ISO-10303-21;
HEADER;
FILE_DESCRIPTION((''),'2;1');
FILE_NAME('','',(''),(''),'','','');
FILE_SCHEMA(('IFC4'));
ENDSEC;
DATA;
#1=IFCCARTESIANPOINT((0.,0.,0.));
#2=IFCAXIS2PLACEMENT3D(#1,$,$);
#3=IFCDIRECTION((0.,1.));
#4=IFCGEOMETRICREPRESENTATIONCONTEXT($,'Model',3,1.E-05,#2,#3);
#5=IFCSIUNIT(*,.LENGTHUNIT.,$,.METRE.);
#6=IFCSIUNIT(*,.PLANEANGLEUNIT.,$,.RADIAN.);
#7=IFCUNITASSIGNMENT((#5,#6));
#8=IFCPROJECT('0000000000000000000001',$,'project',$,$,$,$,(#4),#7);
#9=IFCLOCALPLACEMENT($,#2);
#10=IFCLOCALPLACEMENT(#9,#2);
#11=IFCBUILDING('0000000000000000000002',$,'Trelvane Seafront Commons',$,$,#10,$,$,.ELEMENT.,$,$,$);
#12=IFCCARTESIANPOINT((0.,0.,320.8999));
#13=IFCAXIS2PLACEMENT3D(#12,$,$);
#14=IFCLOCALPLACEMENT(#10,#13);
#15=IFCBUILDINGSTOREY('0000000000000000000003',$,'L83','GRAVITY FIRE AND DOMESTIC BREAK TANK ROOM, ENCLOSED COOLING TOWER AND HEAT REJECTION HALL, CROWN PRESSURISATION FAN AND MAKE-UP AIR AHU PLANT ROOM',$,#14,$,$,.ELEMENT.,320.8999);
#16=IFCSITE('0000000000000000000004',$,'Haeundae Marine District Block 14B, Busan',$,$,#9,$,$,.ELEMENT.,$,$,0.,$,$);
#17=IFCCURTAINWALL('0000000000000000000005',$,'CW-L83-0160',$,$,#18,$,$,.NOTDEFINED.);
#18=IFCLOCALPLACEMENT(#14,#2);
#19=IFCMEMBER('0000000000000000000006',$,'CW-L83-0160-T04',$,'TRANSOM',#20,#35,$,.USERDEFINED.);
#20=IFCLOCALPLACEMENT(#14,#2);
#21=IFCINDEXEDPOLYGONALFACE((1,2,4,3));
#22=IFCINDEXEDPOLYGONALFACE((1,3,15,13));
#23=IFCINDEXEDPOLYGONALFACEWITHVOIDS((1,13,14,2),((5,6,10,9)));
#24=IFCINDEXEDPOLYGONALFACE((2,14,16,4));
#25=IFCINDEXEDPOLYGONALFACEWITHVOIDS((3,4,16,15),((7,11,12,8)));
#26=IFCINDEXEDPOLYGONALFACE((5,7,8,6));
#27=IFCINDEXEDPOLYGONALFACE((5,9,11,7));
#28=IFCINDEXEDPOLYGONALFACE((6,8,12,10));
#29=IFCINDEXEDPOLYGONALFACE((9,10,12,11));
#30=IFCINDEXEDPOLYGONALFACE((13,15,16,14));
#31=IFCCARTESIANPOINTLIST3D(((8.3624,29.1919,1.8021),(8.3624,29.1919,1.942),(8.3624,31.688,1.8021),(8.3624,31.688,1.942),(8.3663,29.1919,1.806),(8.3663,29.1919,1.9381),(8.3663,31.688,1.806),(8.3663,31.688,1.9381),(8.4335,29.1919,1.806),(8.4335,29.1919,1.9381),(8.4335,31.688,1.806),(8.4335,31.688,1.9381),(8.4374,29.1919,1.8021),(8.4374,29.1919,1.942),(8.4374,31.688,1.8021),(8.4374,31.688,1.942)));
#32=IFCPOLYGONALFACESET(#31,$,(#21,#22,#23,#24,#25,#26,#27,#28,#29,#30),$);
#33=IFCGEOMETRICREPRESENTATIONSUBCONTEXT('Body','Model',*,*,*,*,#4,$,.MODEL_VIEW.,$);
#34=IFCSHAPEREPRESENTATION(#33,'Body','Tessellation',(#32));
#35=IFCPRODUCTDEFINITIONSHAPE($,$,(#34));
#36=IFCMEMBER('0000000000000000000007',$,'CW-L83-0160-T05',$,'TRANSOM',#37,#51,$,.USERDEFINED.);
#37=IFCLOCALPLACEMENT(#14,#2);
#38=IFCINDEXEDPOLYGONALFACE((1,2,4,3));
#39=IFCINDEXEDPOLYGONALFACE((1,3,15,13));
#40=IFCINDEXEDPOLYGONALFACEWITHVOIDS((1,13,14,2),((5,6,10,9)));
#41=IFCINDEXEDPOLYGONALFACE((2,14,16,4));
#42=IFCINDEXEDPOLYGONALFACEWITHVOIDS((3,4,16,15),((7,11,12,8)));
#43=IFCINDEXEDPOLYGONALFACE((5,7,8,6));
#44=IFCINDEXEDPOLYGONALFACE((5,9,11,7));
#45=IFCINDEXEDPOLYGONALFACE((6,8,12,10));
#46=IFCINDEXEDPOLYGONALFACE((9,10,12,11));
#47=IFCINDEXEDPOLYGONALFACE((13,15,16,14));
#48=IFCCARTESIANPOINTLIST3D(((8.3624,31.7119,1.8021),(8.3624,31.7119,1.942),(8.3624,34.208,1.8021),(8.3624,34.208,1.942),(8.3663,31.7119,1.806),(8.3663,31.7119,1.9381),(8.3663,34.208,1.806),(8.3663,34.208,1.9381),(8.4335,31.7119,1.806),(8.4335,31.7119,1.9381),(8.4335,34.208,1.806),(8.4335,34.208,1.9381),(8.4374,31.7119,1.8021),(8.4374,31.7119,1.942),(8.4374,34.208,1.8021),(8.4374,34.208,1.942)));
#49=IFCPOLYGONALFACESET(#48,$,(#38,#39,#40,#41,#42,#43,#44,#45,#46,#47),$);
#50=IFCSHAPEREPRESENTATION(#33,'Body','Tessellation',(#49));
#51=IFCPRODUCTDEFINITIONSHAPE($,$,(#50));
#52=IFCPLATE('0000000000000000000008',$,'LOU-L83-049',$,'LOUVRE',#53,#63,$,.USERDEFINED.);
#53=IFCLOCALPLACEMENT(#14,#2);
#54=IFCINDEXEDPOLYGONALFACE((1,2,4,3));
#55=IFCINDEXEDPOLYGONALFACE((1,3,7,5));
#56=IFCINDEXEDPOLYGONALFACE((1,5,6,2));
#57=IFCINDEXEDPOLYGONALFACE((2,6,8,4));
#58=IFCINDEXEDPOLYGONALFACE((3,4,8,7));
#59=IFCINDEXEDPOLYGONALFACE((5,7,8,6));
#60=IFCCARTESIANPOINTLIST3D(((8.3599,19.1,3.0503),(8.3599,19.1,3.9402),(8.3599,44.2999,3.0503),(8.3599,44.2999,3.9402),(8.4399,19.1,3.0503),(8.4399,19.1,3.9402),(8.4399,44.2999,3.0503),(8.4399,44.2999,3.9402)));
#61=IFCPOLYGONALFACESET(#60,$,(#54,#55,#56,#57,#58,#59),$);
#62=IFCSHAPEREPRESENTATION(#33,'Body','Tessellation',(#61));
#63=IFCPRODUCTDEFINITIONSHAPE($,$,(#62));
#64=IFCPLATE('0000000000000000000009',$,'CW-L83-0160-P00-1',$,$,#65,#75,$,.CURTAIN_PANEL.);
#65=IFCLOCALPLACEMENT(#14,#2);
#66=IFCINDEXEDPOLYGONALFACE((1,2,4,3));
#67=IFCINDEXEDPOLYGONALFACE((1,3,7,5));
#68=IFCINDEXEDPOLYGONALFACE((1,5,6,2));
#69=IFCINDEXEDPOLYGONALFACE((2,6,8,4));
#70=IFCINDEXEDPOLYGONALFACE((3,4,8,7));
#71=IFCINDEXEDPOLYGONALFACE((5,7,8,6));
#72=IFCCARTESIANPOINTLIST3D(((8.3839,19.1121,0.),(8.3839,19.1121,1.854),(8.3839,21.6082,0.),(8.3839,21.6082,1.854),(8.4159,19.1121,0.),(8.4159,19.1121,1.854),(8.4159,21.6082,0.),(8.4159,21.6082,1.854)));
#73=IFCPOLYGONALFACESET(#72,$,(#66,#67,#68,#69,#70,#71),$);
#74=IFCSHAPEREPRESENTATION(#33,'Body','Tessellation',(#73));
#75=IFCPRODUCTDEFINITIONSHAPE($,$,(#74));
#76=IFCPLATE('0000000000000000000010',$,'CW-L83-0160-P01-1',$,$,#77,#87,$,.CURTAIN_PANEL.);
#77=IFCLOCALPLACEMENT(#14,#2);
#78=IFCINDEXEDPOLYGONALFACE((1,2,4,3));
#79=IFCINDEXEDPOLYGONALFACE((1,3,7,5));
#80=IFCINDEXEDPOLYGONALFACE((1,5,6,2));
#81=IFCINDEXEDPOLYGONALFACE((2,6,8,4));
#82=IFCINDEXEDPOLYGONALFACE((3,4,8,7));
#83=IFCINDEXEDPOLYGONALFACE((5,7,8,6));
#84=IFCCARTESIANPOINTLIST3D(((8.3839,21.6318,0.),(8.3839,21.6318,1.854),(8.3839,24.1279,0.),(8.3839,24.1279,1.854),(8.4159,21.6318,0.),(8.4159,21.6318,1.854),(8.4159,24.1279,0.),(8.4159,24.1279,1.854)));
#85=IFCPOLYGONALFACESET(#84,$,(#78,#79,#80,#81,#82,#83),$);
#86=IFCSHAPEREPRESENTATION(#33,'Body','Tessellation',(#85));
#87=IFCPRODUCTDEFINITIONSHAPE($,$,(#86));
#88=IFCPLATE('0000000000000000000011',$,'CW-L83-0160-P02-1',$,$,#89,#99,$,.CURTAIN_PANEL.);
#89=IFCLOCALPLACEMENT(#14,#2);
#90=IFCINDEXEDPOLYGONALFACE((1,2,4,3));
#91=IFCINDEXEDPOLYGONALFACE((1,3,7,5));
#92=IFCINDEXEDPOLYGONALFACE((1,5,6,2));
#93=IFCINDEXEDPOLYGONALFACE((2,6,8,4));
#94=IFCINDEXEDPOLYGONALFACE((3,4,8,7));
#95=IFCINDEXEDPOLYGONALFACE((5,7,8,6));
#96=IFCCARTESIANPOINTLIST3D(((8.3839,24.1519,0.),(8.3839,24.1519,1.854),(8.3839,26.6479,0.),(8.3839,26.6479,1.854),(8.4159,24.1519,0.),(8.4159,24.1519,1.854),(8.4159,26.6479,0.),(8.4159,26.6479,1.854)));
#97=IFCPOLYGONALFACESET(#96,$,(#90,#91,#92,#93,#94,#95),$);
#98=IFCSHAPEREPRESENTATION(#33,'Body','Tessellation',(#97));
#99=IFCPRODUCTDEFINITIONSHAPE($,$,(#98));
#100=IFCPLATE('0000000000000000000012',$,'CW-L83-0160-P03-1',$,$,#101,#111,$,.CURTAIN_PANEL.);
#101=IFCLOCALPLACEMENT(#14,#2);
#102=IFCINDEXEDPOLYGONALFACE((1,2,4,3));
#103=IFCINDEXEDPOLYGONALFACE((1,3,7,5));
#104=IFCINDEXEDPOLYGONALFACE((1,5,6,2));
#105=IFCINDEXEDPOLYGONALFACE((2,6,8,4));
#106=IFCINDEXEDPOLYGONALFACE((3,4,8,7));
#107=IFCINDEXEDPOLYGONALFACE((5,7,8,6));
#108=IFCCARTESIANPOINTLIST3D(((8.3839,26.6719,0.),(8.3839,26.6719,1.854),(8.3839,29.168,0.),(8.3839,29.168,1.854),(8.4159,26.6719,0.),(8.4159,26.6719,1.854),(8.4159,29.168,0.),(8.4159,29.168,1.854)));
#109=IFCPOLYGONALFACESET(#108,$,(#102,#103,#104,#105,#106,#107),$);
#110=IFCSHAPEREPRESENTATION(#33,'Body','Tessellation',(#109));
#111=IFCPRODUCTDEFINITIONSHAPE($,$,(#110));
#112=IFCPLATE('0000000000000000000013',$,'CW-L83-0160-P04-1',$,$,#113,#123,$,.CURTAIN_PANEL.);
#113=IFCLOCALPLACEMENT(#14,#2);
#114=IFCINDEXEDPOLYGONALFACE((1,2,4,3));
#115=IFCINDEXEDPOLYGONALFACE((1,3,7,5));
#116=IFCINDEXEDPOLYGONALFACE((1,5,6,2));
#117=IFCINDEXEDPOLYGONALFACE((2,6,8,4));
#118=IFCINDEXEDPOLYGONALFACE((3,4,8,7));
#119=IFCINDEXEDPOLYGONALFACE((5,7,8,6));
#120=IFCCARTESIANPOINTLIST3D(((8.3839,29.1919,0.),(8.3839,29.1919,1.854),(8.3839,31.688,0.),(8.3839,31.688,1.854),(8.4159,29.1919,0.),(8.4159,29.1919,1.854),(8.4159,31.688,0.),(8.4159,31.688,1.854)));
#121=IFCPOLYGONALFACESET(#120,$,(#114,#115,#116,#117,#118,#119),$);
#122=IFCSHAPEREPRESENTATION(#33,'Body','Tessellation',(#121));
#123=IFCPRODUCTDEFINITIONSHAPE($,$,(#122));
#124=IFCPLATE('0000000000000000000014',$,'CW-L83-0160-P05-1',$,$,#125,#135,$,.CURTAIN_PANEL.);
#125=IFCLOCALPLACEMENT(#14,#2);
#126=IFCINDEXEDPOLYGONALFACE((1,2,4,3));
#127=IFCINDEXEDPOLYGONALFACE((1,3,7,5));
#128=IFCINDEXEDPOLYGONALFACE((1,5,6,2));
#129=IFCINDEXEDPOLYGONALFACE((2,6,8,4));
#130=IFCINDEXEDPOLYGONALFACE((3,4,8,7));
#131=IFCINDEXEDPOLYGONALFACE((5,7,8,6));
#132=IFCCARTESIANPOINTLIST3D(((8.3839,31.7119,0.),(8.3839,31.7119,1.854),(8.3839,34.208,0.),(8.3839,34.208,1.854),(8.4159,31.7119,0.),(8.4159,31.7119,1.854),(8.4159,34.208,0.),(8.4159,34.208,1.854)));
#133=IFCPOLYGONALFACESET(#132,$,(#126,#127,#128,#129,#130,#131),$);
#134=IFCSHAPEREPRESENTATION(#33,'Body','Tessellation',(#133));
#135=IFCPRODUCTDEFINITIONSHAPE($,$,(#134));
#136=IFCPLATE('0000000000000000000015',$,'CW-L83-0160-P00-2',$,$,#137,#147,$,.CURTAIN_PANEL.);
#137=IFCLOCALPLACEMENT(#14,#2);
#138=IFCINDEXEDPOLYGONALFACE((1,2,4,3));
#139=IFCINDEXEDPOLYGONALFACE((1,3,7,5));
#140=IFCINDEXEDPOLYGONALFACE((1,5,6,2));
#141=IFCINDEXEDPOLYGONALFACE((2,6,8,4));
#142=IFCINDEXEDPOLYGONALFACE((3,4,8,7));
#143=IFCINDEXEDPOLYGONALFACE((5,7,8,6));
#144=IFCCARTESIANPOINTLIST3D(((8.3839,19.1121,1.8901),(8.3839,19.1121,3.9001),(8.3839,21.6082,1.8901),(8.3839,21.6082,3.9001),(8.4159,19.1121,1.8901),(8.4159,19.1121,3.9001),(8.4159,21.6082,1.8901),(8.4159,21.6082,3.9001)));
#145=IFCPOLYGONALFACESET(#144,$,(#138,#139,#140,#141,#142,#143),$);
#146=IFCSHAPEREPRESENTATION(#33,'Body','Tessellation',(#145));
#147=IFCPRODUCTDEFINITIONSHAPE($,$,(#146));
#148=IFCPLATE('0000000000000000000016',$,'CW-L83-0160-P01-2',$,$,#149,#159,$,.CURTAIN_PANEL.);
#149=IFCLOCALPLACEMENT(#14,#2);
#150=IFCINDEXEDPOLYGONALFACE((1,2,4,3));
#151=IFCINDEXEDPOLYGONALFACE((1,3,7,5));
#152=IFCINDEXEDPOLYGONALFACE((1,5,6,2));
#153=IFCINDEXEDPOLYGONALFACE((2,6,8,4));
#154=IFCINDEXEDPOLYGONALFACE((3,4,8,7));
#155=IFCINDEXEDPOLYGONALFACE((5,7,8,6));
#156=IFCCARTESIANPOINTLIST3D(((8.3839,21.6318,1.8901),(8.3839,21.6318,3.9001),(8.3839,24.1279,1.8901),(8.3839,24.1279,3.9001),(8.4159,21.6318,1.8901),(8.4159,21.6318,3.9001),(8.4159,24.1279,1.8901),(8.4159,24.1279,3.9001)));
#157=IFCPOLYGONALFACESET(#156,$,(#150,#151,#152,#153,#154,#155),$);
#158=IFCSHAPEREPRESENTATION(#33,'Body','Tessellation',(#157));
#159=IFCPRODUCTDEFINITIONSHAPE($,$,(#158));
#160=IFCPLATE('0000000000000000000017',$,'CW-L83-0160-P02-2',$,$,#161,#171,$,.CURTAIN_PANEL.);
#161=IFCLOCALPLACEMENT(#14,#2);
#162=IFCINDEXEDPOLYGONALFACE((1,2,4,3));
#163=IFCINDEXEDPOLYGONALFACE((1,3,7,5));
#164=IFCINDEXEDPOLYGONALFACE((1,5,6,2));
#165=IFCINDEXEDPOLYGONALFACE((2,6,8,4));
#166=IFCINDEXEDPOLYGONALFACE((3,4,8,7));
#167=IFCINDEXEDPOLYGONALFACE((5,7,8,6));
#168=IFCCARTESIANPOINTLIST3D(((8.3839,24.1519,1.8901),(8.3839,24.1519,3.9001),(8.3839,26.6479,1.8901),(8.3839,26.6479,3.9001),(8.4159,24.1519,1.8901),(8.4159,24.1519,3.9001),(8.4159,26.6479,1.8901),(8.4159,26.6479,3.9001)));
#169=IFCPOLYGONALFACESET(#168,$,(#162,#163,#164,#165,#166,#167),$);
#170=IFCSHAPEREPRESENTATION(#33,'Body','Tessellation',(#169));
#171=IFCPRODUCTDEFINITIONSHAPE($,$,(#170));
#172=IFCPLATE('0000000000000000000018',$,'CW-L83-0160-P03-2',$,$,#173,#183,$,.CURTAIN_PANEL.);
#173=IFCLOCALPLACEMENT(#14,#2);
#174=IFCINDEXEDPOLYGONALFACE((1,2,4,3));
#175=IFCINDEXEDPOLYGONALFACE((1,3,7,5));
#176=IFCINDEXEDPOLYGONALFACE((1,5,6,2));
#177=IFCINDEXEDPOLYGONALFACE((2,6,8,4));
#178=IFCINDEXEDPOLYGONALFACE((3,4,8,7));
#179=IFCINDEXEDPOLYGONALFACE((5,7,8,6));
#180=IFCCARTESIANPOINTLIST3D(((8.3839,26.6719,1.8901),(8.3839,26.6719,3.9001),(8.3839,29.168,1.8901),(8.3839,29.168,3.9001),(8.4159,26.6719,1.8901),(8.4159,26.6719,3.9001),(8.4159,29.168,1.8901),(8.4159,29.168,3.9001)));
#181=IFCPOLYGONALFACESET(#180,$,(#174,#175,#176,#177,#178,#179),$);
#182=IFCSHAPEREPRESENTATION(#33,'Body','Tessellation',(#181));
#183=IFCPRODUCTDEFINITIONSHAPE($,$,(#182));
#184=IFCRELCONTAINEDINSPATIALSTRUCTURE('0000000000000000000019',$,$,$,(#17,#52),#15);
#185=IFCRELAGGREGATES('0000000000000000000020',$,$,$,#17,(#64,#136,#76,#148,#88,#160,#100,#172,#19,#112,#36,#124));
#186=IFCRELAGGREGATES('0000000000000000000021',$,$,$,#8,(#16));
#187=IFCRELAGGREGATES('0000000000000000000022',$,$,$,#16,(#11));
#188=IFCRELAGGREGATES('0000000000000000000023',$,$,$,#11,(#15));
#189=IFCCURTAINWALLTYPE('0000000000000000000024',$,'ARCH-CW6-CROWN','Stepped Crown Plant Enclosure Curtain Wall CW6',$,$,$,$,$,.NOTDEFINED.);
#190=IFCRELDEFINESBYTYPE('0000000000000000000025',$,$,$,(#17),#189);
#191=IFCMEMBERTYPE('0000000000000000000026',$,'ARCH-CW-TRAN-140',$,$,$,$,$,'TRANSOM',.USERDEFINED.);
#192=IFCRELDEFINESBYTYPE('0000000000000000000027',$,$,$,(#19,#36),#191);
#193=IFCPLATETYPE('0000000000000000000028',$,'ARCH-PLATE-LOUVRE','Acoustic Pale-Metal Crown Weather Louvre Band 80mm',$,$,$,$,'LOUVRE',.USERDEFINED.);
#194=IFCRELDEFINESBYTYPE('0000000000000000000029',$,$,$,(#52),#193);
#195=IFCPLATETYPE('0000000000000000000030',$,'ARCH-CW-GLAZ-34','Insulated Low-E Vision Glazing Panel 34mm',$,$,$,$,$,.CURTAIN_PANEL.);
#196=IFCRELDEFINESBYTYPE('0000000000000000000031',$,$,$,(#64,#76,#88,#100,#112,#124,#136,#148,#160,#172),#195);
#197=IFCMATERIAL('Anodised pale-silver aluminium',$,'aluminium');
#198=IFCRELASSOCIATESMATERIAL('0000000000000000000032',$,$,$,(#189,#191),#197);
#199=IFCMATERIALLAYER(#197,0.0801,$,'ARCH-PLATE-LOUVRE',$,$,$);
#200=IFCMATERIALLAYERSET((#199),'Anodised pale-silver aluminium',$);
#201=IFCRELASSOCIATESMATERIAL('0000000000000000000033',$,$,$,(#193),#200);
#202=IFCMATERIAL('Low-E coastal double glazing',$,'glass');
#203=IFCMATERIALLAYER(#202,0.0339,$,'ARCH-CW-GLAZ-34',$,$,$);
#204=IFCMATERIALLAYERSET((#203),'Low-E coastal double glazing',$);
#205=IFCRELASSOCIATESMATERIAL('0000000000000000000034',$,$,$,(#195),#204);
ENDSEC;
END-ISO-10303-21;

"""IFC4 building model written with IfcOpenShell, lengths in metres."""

from ifc_helpers import new_model, si_unit, direction, frame, origin, origin_2d, place, context, subcontext, project, spatial, rectangle, hollow_rectangle, extrude, source, transform, mapped, material, layer, layer_set, material_profile, profile_set, type_object, element, aggregate, save


model = new_model("IFC4")

# Units and contexts
model_context = context("Model", 3, precision=1e-05, world=origin(), true_north=direction((0.0, 1.0)))
body_context = subcontext(model_context, "Body", "Model", "MODEL_VIEW")
ifc_project = project(units=[si_unit("LENGTHUNIT", "METRE"), si_unit("PLANEANGLEUNIT", "RADIAN")], contexts=[model_context])

# Site, building, storey
site_placement = place(None, origin())
site = spatial("IfcSite", under=ifc_project, at=site_placement, Name="Haeundae Marine District Block 14B, Busan", CompositionType="ELEMENT", RefElevation=0.0)
building_placement = place(site_placement, origin())
building = spatial("IfcBuilding", under=site, at=building_placement, Name="Trelvane Seafront Commons", CompositionType="ELEMENT")
storey_placement = place(building_placement, frame((0.0, 0.0, 320.8999)))
storey = spatial("IfcBuildingStorey", under=building, at=storey_placement, Name="L83", Description="GRAVITY FIRE AND DOMESTIC BREAK TANK ROOM, ENCLOSED COOLING TOWER AND HEAT REJECTION HALL, CROWN PRESSURISATION FAN AND MAKE-UP AIR AHU PLANT ROOM", CompositionType="ELEMENT", Elevation=320.8999)

# Curtain wall, members
ifc_material_1 = material(Name="Anodised pale-silver aluminium", Category="aluminium")
curtain_wall_type = type_object("IfcCurtainWallType", Name="ARCH-CW6-CROWN", Description="Stepped Crown Plant Enclosure Curtain Wall CW6", PredefinedType="NOTDEFINED", material=ifc_material_1)
curtain_wall_placement = place(storey_placement, origin())
curtain_wall = element("IfcCurtainWall", 1, at=curtain_wall_placement, inside=storey, type_object=curtain_wall_type, Name="CW-L83-0160", PredefinedType="NOTDEFINED")
ifc_material_profile_1 = material_profile(ifc_material_1, hollow_rectangle(XDim=0.075, YDim=0.1399, WallThickness=0.0039, at=origin_2d()), Name="TRAN-75x140x4")
ifc_profile_set_1 = profile_set([ifc_material_profile_1], Name="Anodised pale-silver aluminium")
member_type_1 = type_object("IfcMemberType", Name="ARCH-CW-TRAN-140", ElementType="TRANSOM", PredefinedType="USERDEFINED", material=ifc_profile_set_1)
shared_shape_1 = source(origin(), body_context, "Body", "SweptSolid", [
    extrude(hollow_rectangle(XDim=0.075, YDim=0.1399, WallThickness=0.0039, at=origin_2d()), origin(), (0.0, 0.0, 1.0), 2.4961),
])
member_1_placement = place(storey_placement, frame((8.3999, 29.1919, 1.8721), z_axis=(0.0, 1.0, 0.0), x_axis=(-1.0, 0.0, 0.0)))
member_1 = element("IfcMember", 2, at=member_1_placement, type_object=member_type_1, Name="CW-L83-0160-T04", ObjectType="TRANSOM", PredefinedType="USERDEFINED", context=body_context, shape_type="MappedRepresentation", body=[
    mapped(shared_shape_1, transform((0.0, 0.0, 0.0), x_axis=(1.0, 0.0, 0.0), y_axis=(0.0, 1.0, 0.0), z_axis=(0.0, 0.0, 1.0), scale=1.0)),
])
member_2_placement = place(storey_placement, frame((8.3999, 31.7119, 1.8721), z_axis=(0.0, 1.0, 0.0), x_axis=(-1.0, 0.0, 0.0)))
member_2 = element("IfcMember", 3, at=member_2_placement, type_object=member_type_1, Name="CW-L83-0160-T05", ObjectType="TRANSOM", PredefinedType="USERDEFINED", context=body_context, shape_type="MappedRepresentation", body=[
    mapped(shared_shape_1, transform((0.0, 0.0, 0.0), x_axis=(1.0, 0.0, 0.0), y_axis=(0.0, 1.0, 0.0), z_axis=(0.0, 0.0, 1.0), scale=1.0)),
])

# Plates
ifc_layer_1 = layer(ifc_material_1, 0.0801, Name="ARCH-PLATE-LOUVRE")
ifc_layer_set_1 = layer_set([ifc_layer_1], Name="Anodised pale-silver aluminium")
plate_type_1 = type_object("IfcPlateType", Name="ARCH-PLATE-LOUVRE", Description="Acoustic Pale-Metal Crown Weather Louvre Band 80mm", ElementType="LOUVRE", PredefinedType="USERDEFINED", material=ifc_layer_set_1)
shared_shape_2 = source(origin(), body_context, "Body", "SweptSolid", [
    extrude(rectangle(XDim=25.2, YDim=0.0801, at=origin_2d()), origin(), (0.0, 0.0, 1.0), 0.8899),
])
plate_1_placement = place(storey_placement, frame((8.3999, 31.7, 3.0503), z_axis=(0.0, 0.0, 1.0), x_axis=(0.0, 1.0, 0.0)))
element("IfcPlate", 4, at=plate_1_placement, inside=storey, type_object=plate_type_1, Name="LOU-L83-049", ObjectType="LOUVRE", PredefinedType="USERDEFINED", context=body_context, shape_type="MappedRepresentation", body=[
    mapped(shared_shape_2, transform((0.0, 0.0, 0.0), x_axis=(1.0, 0.0, 0.0), y_axis=(0.0, 1.0, 0.0), z_axis=(0.0, 0.0, 1.0), scale=1.0)),
])
ifc_material_2 = material(Name="Low-E coastal double glazing", Category="glass")
ifc_layer_2 = layer(ifc_material_2, 0.0339, Name="ARCH-CW-GLAZ-34")
ifc_layer_set_2 = layer_set([ifc_layer_2], Name="Low-E coastal double glazing")
plate_type_2 = type_object("IfcPlateType", Name="ARCH-CW-GLAZ-34", Description="Insulated Low-E Vision Glazing Panel 34mm", PredefinedType="CURTAIN_PANEL", material=ifc_layer_set_2)
shared_shape_3 = source(origin(), body_context, "Body", "SweptSolid", [
    extrude(rectangle(XDim=2.4961, YDim=0.032, at=origin_2d()), origin(), (0.0, 0.0, 1.0), 1.854),
])
plate_2_placement = place(storey_placement, frame((8.3999, 20.3601, 0.0), z_axis=(0.0, 0.0, 1.0), x_axis=(0.0, 1.0, 0.0)))
plate_2 = element("IfcPlate", 5, at=plate_2_placement, type_object=plate_type_2, Name="CW-L83-0160-P00-1", PredefinedType="CURTAIN_PANEL", context=body_context, shape_type="MappedRepresentation", body=[
    mapped(shared_shape_3, transform((0.0, 0.0, 0.0), x_axis=(1.0, 0.0, 0.0), y_axis=(0.0, 1.0, 0.0), z_axis=(0.0, 0.0, 1.0), scale=1.0)),
])
plate_3_placement = place(storey_placement, frame((8.3999, 22.8799, 0.0), z_axis=(0.0, 0.0, 1.0), x_axis=(0.0, 1.0, 0.0)))
plate_3 = element("IfcPlate", 6, at=plate_3_placement, type_object=plate_type_2, Name="CW-L83-0160-P01-1", PredefinedType="CURTAIN_PANEL", context=body_context, shape_type="MappedRepresentation", body=[
    mapped(shared_shape_3, transform((0.0, 0.0, 0.0), x_axis=(1.0, 0.0, 0.0), y_axis=(0.0, 1.0, 0.0), z_axis=(0.0, 0.0, 1.0), scale=1.0)),
])
plate_4_placement = place(storey_placement, frame((8.3999, 25.3999, 0.0), z_axis=(0.0, 0.0, 1.0), x_axis=(0.0, 1.0, 0.0)))
plate_4 = element("IfcPlate", 7, at=plate_4_placement, type_object=plate_type_2, Name="CW-L83-0160-P02-1", PredefinedType="CURTAIN_PANEL", context=body_context, shape_type="MappedRepresentation", body=[
    mapped(shared_shape_3, transform((0.0, 0.0, 0.0), x_axis=(1.0, 0.0, 0.0), y_axis=(0.0, 1.0, 0.0), z_axis=(0.0, 0.0, 1.0), scale=1.0)),
])
plate_5_placement = place(storey_placement, frame((8.3999, 27.9199, 0.0), z_axis=(0.0, 0.0, 1.0), x_axis=(0.0, 1.0, 0.0)))
plate_5 = element("IfcPlate", 8, at=plate_5_placement, type_object=plate_type_2, Name="CW-L83-0160-P03-1", PredefinedType="CURTAIN_PANEL", context=body_context, shape_type="MappedRepresentation", body=[
    mapped(shared_shape_3, transform((0.0, 0.0, 0.0), x_axis=(1.0, 0.0, 0.0), y_axis=(0.0, 1.0, 0.0), z_axis=(0.0, 0.0, 1.0), scale=1.0)),
])
plate_6_placement = place(storey_placement, frame((8.3999, 30.4399, 0.0), z_axis=(0.0, 0.0, 1.0), x_axis=(0.0, 1.0, 0.0)))
plate_6 = element("IfcPlate", 9, at=plate_6_placement, type_object=plate_type_2, Name="CW-L83-0160-P04-1", PredefinedType="CURTAIN_PANEL", context=body_context, shape_type="MappedRepresentation", body=[
    mapped(shared_shape_3, transform((0.0, 0.0, 0.0), x_axis=(1.0, 0.0, 0.0), y_axis=(0.0, 1.0, 0.0), z_axis=(0.0, 0.0, 1.0), scale=1.0)),
])
plate_7_placement = place(storey_placement, frame((8.3999, 32.96, 0.0), z_axis=(0.0, 0.0, 1.0), x_axis=(0.0, 1.0, 0.0)))
plate_7 = element("IfcPlate", 10, at=plate_7_placement, type_object=plate_type_2, Name="CW-L83-0160-P05-1", PredefinedType="CURTAIN_PANEL", context=body_context, shape_type="MappedRepresentation", body=[
    mapped(shared_shape_3, transform((0.0, 0.0, 0.0), x_axis=(1.0, 0.0, 0.0), y_axis=(0.0, 1.0, 0.0), z_axis=(0.0, 0.0, 1.0), scale=1.0)),
])
shared_shape_4 = source(origin(), body_context, "Body", "SweptSolid", [
    extrude(rectangle(XDim=2.4961, YDim=0.032, at=origin_2d()), origin(), (0.0, 0.0, 1.0), 2.01),
])
plate_8_placement = place(storey_placement, frame((8.3999, 20.3601, 1.8901), z_axis=(0.0, 0.0, 1.0), x_axis=(0.0, 1.0, 0.0)))
plate_8 = element("IfcPlate", 11, at=plate_8_placement, type_object=plate_type_2, Name="CW-L83-0160-P00-2", PredefinedType="CURTAIN_PANEL", context=body_context, shape_type="MappedRepresentation", body=[
    mapped(shared_shape_4, transform((0.0, 0.0, 0.0), x_axis=(1.0, 0.0, 0.0), y_axis=(0.0, 1.0, 0.0), z_axis=(0.0, 0.0, 1.0), scale=1.0)),
])
plate_9_placement = place(storey_placement, frame((8.3999, 22.8799, 1.8901), z_axis=(0.0, 0.0, 1.0), x_axis=(0.0, 1.0, 0.0)))
plate_9 = element("IfcPlate", 12, at=plate_9_placement, type_object=plate_type_2, Name="CW-L83-0160-P01-2", PredefinedType="CURTAIN_PANEL", context=body_context, shape_type="MappedRepresentation", body=[
    mapped(shared_shape_4, transform((0.0, 0.0, 0.0), x_axis=(1.0, 0.0, 0.0), y_axis=(0.0, 1.0, 0.0), z_axis=(0.0, 0.0, 1.0), scale=1.0)),
])
plate_10_placement = place(storey_placement, frame((8.3999, 25.3999, 1.8901), z_axis=(0.0, 0.0, 1.0), x_axis=(0.0, 1.0, 0.0)))
plate_10 = element("IfcPlate", 13, at=plate_10_placement, type_object=plate_type_2, Name="CW-L83-0160-P02-2", PredefinedType="CURTAIN_PANEL", context=body_context, shape_type="MappedRepresentation", body=[
    mapped(shared_shape_4, transform((0.0, 0.0, 0.0), x_axis=(1.0, 0.0, 0.0), y_axis=(0.0, 1.0, 0.0), z_axis=(0.0, 0.0, 1.0), scale=1.0)),
])
plate_11_placement = place(storey_placement, frame((8.3999, 27.9199, 1.8901), z_axis=(0.0, 0.0, 1.0), x_axis=(0.0, 1.0, 0.0)))
plate_11 = element("IfcPlate", 14, at=plate_11_placement, type_object=plate_type_2, Name="CW-L83-0160-P03-2", PredefinedType="CURTAIN_PANEL", context=body_context, shape_type="MappedRepresentation", body=[
    mapped(shared_shape_4, transform((0.0, 0.0, 0.0), x_axis=(1.0, 0.0, 0.0), y_axis=(0.0, 1.0, 0.0), z_axis=(0.0, 0.0, 1.0), scale=1.0)),
])
aggregate(curtain_wall, [plate_2, plate_8, plate_3, plate_9, plate_4, plate_10, plate_5, plate_11, member_1, plate_6, member_2, plate_7])

save(model, "model.ifc")
